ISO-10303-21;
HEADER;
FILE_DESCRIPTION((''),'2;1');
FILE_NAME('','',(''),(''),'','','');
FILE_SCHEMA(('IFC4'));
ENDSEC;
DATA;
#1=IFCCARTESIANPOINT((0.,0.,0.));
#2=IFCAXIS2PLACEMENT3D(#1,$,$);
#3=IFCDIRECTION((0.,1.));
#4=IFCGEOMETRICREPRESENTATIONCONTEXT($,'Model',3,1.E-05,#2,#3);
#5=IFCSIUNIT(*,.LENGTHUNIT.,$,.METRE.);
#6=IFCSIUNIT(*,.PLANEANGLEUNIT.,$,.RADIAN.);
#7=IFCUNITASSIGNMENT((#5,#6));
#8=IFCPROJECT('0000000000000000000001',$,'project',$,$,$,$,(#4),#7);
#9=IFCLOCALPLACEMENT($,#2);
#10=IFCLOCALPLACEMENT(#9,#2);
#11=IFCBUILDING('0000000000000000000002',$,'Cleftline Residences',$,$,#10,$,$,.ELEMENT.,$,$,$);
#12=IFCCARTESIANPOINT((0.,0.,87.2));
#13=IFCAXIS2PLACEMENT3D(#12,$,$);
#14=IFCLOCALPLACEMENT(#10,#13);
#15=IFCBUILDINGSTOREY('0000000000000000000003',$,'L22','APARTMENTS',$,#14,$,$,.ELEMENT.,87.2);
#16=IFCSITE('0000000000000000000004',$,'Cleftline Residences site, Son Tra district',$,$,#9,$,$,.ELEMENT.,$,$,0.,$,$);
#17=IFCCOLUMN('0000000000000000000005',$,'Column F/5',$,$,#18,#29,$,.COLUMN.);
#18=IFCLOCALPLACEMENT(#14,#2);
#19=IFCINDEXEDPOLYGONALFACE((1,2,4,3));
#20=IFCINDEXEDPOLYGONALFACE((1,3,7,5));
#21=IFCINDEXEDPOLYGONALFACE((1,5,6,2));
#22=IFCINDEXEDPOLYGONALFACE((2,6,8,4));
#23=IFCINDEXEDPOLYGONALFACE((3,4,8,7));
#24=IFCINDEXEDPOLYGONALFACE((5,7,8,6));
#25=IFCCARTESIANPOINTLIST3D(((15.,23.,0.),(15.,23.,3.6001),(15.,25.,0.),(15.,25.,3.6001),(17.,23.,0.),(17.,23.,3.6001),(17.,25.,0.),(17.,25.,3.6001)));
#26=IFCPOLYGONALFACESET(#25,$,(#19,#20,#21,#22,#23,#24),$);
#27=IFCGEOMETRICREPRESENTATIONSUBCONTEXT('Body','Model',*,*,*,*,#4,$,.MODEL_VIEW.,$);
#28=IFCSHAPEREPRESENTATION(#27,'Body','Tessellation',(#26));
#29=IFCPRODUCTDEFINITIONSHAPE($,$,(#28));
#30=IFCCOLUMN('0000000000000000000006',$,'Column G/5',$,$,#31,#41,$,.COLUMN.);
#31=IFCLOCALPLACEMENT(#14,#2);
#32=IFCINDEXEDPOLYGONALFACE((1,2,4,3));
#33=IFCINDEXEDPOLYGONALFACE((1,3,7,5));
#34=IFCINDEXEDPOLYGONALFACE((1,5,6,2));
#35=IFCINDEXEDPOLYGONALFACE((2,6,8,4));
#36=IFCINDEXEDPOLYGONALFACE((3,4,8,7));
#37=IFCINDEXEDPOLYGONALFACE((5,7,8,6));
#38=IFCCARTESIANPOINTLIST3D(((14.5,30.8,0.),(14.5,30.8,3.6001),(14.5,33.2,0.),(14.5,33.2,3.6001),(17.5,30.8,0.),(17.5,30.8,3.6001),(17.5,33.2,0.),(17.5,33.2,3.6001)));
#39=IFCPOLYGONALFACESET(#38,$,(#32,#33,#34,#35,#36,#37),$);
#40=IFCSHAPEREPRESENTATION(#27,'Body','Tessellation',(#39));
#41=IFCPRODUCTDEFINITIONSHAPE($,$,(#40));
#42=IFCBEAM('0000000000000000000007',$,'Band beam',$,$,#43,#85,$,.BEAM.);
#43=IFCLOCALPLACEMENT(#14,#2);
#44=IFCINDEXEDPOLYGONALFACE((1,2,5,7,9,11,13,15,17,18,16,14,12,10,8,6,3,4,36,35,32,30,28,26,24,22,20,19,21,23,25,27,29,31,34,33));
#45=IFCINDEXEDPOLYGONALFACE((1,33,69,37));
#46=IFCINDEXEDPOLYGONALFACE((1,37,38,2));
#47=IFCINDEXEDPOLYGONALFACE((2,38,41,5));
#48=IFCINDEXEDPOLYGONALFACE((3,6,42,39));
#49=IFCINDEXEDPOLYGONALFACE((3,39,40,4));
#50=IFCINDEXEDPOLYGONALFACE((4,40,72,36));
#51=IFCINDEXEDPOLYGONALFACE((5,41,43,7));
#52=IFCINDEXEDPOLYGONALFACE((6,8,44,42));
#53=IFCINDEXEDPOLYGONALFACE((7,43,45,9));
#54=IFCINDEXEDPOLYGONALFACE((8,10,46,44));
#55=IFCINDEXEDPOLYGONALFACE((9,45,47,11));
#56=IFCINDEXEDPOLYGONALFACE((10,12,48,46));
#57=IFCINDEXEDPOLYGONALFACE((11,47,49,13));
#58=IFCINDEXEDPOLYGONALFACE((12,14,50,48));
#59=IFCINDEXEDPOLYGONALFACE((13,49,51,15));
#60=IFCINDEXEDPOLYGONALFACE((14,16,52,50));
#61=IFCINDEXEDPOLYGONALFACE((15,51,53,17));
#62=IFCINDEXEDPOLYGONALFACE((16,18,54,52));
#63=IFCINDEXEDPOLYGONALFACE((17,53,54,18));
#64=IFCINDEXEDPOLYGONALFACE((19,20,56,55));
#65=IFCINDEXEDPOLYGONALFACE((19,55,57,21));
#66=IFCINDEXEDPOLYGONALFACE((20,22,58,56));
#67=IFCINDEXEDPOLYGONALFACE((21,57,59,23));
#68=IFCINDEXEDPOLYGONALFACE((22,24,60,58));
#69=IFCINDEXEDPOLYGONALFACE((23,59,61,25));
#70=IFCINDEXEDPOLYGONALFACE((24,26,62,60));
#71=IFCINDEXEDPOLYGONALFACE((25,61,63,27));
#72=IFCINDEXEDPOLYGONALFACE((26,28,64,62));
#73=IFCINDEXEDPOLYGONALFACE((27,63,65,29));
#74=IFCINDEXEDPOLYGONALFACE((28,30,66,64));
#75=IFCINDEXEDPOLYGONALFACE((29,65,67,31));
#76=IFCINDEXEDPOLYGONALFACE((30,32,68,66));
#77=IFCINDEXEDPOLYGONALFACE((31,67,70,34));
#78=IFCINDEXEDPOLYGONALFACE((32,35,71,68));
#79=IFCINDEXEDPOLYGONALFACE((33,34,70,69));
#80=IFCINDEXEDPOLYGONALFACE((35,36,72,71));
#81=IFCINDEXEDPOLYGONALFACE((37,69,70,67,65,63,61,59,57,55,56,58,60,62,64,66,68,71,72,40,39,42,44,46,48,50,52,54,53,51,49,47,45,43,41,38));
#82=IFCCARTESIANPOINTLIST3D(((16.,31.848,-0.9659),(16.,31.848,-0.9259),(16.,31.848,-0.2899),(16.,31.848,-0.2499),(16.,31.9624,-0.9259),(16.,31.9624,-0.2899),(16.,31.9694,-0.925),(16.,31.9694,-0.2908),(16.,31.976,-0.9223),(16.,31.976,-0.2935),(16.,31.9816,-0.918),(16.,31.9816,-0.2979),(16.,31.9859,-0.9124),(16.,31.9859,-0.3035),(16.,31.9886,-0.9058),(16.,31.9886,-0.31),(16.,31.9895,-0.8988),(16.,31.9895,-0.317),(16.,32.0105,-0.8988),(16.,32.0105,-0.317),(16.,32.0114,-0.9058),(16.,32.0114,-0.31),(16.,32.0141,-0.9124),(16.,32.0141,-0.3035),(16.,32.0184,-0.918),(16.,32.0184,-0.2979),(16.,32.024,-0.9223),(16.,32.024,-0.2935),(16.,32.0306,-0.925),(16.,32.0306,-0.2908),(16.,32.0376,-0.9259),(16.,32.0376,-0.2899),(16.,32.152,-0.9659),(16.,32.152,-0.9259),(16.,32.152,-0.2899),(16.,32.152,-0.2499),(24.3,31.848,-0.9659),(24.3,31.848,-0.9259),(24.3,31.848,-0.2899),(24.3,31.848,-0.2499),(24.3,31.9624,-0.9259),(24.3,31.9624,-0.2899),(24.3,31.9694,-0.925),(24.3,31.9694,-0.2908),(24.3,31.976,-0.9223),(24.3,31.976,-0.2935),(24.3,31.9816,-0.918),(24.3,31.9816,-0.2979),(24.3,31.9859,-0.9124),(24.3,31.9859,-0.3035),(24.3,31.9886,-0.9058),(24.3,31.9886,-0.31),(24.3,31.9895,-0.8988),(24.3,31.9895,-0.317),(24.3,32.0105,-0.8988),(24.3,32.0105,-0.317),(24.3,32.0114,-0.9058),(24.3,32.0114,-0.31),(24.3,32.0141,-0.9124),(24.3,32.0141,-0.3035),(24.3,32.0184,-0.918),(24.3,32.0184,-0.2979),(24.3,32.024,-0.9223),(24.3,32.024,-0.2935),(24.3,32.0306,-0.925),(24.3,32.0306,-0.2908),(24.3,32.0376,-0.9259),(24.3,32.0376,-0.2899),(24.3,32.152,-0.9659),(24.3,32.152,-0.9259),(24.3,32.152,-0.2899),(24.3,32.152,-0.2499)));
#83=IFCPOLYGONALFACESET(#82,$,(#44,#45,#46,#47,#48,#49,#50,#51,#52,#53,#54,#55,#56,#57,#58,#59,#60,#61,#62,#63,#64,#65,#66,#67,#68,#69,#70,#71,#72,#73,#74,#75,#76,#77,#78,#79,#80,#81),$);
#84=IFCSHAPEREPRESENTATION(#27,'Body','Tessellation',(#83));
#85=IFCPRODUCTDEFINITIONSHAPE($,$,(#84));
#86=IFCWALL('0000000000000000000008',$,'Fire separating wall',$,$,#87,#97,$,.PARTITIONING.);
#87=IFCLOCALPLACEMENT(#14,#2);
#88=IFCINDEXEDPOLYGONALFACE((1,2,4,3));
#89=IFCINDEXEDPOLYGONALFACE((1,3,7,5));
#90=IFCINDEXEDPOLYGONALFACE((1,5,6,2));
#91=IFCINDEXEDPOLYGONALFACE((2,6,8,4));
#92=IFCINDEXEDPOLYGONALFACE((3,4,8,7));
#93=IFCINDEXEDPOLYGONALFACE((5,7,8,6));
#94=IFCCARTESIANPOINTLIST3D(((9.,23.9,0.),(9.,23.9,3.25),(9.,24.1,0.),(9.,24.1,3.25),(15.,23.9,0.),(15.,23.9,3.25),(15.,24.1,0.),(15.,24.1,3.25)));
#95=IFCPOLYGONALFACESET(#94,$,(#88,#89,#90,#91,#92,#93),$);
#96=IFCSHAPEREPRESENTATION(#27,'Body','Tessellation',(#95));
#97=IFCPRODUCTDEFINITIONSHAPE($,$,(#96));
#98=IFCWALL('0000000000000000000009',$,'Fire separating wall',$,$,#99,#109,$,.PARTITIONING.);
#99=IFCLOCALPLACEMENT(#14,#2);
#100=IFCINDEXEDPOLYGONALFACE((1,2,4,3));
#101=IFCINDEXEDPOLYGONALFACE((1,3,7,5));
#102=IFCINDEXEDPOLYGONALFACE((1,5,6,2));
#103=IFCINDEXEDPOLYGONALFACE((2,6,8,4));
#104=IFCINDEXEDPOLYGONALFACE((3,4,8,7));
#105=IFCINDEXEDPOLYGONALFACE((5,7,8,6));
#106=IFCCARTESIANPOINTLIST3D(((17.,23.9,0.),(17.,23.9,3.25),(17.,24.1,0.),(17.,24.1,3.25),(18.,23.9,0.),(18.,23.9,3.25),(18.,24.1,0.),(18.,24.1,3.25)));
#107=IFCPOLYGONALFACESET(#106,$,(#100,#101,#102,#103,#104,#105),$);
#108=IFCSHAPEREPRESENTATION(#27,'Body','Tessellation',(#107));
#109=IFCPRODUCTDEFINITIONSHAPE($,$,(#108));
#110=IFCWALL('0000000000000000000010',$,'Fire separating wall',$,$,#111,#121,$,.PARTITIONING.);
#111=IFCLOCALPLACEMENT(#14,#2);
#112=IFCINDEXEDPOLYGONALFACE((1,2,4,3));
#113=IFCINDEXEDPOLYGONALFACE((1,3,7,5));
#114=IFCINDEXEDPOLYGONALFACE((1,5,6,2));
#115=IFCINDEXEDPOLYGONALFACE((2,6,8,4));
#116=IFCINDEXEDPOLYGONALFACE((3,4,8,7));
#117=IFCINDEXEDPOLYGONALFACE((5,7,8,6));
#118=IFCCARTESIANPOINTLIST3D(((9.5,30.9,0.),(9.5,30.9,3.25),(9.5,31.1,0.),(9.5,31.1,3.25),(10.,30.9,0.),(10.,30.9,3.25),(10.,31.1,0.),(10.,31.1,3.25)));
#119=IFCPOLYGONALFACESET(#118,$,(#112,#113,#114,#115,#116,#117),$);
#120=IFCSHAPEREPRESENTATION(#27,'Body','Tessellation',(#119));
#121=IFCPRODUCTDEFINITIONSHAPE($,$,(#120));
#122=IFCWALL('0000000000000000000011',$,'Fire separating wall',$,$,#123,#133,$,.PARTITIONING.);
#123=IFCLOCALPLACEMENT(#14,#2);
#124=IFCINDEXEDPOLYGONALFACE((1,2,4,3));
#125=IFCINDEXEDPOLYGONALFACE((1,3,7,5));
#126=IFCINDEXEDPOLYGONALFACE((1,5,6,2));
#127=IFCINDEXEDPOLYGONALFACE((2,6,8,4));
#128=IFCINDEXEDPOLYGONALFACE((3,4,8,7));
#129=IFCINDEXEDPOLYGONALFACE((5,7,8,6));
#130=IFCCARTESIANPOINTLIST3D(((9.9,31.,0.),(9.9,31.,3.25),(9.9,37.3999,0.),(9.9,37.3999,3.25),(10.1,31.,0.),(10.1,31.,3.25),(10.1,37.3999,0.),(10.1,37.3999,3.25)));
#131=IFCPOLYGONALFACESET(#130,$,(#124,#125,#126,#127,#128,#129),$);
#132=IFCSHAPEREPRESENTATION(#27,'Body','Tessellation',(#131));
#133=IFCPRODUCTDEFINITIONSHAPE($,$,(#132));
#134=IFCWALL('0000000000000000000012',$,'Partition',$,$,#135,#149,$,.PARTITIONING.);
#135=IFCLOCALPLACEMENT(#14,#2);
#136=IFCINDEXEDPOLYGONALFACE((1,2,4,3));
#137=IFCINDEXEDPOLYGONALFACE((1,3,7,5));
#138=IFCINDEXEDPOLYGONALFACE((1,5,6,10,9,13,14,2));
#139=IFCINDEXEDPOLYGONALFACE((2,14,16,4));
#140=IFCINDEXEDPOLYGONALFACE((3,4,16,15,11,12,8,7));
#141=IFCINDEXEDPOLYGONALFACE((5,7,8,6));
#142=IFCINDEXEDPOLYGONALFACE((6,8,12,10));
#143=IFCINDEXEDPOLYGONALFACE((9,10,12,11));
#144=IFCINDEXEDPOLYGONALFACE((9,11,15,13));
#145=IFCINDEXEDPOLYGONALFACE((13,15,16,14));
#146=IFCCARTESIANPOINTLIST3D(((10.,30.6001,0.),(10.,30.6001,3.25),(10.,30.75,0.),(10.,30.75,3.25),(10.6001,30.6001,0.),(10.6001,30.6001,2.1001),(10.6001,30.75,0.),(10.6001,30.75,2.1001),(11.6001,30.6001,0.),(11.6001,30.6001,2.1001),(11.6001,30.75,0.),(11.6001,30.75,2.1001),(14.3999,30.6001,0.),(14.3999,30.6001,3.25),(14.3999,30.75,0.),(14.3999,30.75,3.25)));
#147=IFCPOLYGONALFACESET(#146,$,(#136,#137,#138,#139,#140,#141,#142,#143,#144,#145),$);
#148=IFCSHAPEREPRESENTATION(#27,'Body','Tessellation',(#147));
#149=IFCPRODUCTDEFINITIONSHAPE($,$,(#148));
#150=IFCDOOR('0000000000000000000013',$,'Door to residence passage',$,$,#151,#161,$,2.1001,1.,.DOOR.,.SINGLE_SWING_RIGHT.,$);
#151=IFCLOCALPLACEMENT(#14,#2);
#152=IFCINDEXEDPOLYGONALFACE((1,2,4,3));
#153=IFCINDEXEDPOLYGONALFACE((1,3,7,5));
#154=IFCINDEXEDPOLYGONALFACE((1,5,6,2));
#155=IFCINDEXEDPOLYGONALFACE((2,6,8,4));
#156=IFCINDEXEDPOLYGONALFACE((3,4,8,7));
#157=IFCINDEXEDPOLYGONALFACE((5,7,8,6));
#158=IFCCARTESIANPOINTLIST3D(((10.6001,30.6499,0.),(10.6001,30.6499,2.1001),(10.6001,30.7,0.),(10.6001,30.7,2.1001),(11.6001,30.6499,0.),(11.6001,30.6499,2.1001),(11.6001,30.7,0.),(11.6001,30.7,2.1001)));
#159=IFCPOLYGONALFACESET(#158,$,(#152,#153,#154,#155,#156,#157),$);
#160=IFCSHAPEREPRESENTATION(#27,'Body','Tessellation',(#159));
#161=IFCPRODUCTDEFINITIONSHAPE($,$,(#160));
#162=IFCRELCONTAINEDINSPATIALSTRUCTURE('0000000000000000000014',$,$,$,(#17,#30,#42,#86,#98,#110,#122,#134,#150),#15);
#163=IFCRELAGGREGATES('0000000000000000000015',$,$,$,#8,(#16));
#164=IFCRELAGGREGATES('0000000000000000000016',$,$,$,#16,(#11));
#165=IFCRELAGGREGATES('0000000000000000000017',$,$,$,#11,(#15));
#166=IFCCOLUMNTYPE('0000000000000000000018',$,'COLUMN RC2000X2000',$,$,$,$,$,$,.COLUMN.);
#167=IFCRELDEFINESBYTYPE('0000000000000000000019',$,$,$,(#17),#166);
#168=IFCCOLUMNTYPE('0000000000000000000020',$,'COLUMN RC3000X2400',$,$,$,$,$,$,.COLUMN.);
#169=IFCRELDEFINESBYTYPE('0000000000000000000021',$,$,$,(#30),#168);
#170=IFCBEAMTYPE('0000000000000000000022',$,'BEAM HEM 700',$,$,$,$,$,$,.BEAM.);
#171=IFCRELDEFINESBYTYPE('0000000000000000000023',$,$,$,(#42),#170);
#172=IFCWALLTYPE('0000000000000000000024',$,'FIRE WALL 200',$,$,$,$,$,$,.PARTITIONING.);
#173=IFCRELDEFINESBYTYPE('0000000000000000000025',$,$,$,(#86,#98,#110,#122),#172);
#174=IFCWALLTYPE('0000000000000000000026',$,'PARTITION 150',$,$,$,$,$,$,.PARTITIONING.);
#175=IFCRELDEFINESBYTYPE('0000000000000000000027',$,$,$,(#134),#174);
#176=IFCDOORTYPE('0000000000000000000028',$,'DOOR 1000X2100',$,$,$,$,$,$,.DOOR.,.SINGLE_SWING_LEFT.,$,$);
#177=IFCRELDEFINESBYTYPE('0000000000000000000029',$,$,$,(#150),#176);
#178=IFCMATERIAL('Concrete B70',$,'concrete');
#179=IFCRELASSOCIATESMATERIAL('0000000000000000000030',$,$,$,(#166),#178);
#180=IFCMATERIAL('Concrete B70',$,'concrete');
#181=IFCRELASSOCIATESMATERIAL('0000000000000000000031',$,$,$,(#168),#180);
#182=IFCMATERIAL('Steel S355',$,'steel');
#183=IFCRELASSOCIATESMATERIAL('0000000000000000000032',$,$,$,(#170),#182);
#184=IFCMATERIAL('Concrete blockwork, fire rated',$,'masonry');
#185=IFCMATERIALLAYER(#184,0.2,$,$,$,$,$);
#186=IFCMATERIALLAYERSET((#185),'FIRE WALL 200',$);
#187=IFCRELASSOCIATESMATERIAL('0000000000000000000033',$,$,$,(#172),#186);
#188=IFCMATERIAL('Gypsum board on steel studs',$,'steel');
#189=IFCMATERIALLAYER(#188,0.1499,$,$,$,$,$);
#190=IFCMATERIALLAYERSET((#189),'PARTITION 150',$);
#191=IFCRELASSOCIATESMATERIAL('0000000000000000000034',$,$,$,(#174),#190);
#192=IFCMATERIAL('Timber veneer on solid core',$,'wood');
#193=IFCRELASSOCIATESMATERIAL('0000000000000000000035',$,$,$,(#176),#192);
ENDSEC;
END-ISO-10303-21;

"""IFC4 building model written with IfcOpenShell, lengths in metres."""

from ifc_helpers import new_model, si_unit, direction, frame, frame_2d, origin, origin_2d, place, context, subcontext, project, spatial, rectangle, i_section, extrude, material, layer, layer_set, material_profile, profile_set, type_object, element, fill, save


model = new_model("IFC4")

# Units and contexts
model_context = context("Model", 3, precision=1e-05, world=origin(), true_north=direction((0.0, 1.0)))
body_context = subcontext(model_context, "Body", "Model", "MODEL_VIEW")
ifc_project = project(units=[si_unit("LENGTHUNIT", "METRE"), si_unit("PLANEANGLEUNIT", "RADIAN")], contexts=[model_context])

# Site, building, storey
site_placement = place(None, origin())
site = spatial("IfcSite", under=ifc_project, at=site_placement, Name="Cleftline Residences site, Son Tra district", CompositionType="ELEMENT", RefElevation=0.0)
building_placement = place(site_placement, origin())
building = spatial("IfcBuilding", under=site, at=building_placement, Name="Cleftline Residences", CompositionType="ELEMENT")
storey_placement = place(building_placement, frame((0.0, 0.0, 87.2)))
storey = spatial("IfcBuildingStorey", under=building, at=storey_placement, Name="L22", Description="APARTMENTS", CompositionType="ELEMENT", Elevation=87.2)

# Columns
ifc_material_1 = material(Name="Concrete B70", Category="concrete")
ifc_material_profile_1 = material_profile(ifc_material_1, rectangle(XDim=2.0, YDim=2.0, at=origin_2d()))
ifc_profile_set_1 = profile_set([ifc_material_profile_1], Name="Concrete B70")
column_type_1 = type_object("IfcColumnType", Name="COLUMN RC2000X2000", PredefinedType="COLUMN", material=ifc_profile_set_1)
column_1_placement = place(storey_placement, frame((16.0, 24.0, 0.0), z_axis=(0.0, 0.0, 1.0), x_axis=(1.0, 0.0, 0.0)))
element("IfcColumn", 1, at=column_1_placement, inside=storey, type_object=column_type_1, Name="Column F/5", PredefinedType="COLUMN", context=body_context, shape_type="SweptSolid", body=[
    extrude(rectangle(XDim=2.0, YDim=2.0, at=origin_2d()), origin(), (0.0, 0.0, 1.0), 3.6001),
])
ifc_material_2 = material(Name="Concrete B70", Category="concrete")
ifc_material_profile_2 = material_profile(ifc_material_2, rectangle(XDim=3.0, YDim=2.3999, at=origin_2d()))
ifc_profile_set_2 = profile_set([ifc_material_profile_2], Name="Concrete B70")
column_type_2 = type_object("IfcColumnType", Name="COLUMN RC3000X2400", PredefinedType="COLUMN", material=ifc_profile_set_2)
column_2_placement = place(storey_placement, frame((16.0, 32.0, 0.0), z_axis=(0.0, 0.0, 1.0), x_axis=(1.0, 0.0, 0.0)))
element("IfcColumn", 2, at=column_2_placement, inside=storey, type_object=column_type_2, Name="Column G/5", PredefinedType="COLUMN", context=body_context, shape_type="SweptSolid", body=[
    extrude(rectangle(XDim=3.0, YDim=2.3999, at=origin_2d()), origin(), (0.0, 0.0, 1.0), 3.6001),
])

# Beam
ifc_material_3 = material(Name="Steel S355", Category="steel")
ifc_material_profile_3 = material_profile(ifc_material_3, i_section(OverallWidth=0.304, OverallDepth=0.7161, WebThickness=0.021, FlangeThickness=0.04, FilletRadius=0.0271, at=origin_2d()))
ifc_profile_set_3 = profile_set([ifc_material_profile_3], Name="Steel S355")
beam_type = type_object("IfcBeamType", Name="BEAM HEM 700", PredefinedType="BEAM", material=ifc_profile_set_3)
beam_placement = place(storey_placement, frame((16.0, 32.0, -0.6079), z_axis=(1.0, 0.0, 0.0), x_axis=(0.0, 1.0, 0.0)))
element("IfcBeam", 3, at=beam_placement, inside=storey, type_object=beam_type, Name="Band beam", PredefinedType="BEAM", context=body_context, shape_type="SweptSolid", body=[
    extrude(i_section(OverallWidth=0.304, OverallDepth=0.7161, WebThickness=0.021, FlangeThickness=0.04, FilletRadius=0.0271, at=origin_2d()), origin(), (0.0, 0.0, 1.0), 8.3),
])

# Walls
ifc_material_4 = material(Name="Concrete blockwork, fire rated", Category="masonry")
ifc_layer_1 = layer(ifc_material_4, 0.2)
ifc_layer_set_1 = layer_set([ifc_layer_1], Name="FIRE WALL 200")
wall_type_1 = type_object("IfcWallType", Name="FIRE WALL 200", PredefinedType="PARTITIONING", material=ifc_layer_set_1)
wall_1_placement = place(storey_placement, frame((9.0, 24.0, 0.0), z_axis=(0.0, 0.0, 1.0), x_axis=(1.0, 0.0, 0.0)))
element("IfcWall", 4, at=wall_1_placement, inside=storey, type_object=wall_type_1, Name="Fire separating wall", PredefinedType="PARTITIONING", context=body_context, shape_type="SweptSolid", body=[
    extrude(rectangle(XDim=6.0, YDim=0.2, at=frame_2d((3.0, 0.0))), origin(), (0.0, 0.0, 1.0), 3.25),
])
wall_2_placement = place(storey_placement, frame((17.0, 24.0, 0.0), z_axis=(0.0, 0.0, 1.0), x_axis=(1.0, 0.0, 0.0)))
element("IfcWall", 5, at=wall_2_placement, inside=storey, type_object=wall_type_1, Name="Fire separating wall", PredefinedType="PARTITIONING", context=body_context, shape_type="SweptSolid", body=[
    extrude(rectangle(XDim=1.0, YDim=0.2, at=frame_2d((0.5, 0.0))), origin(), (0.0, 0.0, 1.0), 3.25),
])
wall_3_placement = place(storey_placement, frame((9.5, 31.0, 0.0), z_axis=(0.0, 0.0, 1.0), x_axis=(1.0, 0.0, 0.0)))
element("IfcWall", 6, at=wall_3_placement, inside=storey, type_object=wall_type_1, Name="Fire separating wall", PredefinedType="PARTITIONING", context=body_context, shape_type="SweptSolid", body=[
    extrude(rectangle(XDim=0.5, YDim=0.2, at=frame_2d((0.25, 0.0))), origin(), (0.0, 0.0, 1.0), 3.25),
])
wall_4_placement = place(storey_placement, frame((10.0, 31.0, 0.0), z_axis=(0.0, 0.0, 1.0), x_axis=(0.0, 1.0, 0.0)))
element("IfcWall", 7, at=wall_4_placement, inside=storey, type_object=wall_type_1, Name="Fire separating wall", PredefinedType="PARTITIONING", context=body_context, shape_type="SweptSolid", body=[
    extrude(rectangle(XDim=6.3999, YDim=0.2, at=frame_2d((3.2, 0.0))), origin(), (0.0, 0.0, 1.0), 3.25),
])

# Wall, opening, door
ifc_material_5 = material(Name="Gypsum board on steel studs", Category="steel")
ifc_layer_2 = layer(ifc_material_5, 0.1499)
ifc_layer_set_2 = layer_set([ifc_layer_2], Name="PARTITION 150")
wall_type_2 = type_object("IfcWallType", Name="PARTITION 150", PredefinedType="PARTITIONING", material=ifc_layer_set_2)
wall_5_placement = place(storey_placement, frame((10.0, 30.675, 0.0), z_axis=(0.0, 0.0, 1.0), x_axis=(1.0, 0.0, 0.0)))
wall_5 = element("IfcWall", 8, at=wall_5_placement, inside=storey, type_object=wall_type_2, Name="Partition", PredefinedType="PARTITIONING", context=body_context, shape_type="SweptSolid", body=[
    extrude(rectangle(XDim=4.3999, YDim=0.1499, at=frame_2d((2.2, 0.0))), origin(), (0.0, 0.0, 1.0), 3.25),
])
opening_1_placement = place(wall_5_placement, frame((0.6001, 0.0, 0.0)))
opening_1 = element("IfcOpeningElement", 9, at=opening_1_placement, cuts=wall_5, PredefinedType="OPENING", context=body_context, shape_type="SweptSolid", body=[
    extrude(rectangle(XDim=1.0, YDim=2.1001, at=frame_2d((0.5, 1.05))), frame((0.0, 0.085, 0.0), z_axis=(0.0, -1.0, 0.0), x_axis=(1.0, 0.0, 0.0)), (0.0, 0.0, 1.0), 0.1699),
])
ifc_material_6 = material(Name="Timber veneer on solid core", Category="wood")
door_type_1 = type_object("IfcDoorType", Name="DOOR 1000X2100", OperationType="SINGLE_SWING_LEFT", PredefinedType="DOOR", material=ifc_material_6)
door_1_placement = place(opening_1_placement, origin())
door_1 = element("IfcDoor", 10, at=door_1_placement, inside=storey, type_object=door_type_1, Name="Door to residence passage", OperationType="SINGLE_SWING_RIGHT", OverallHeight=2.1001, OverallWidth=1.0, PredefinedType="DOOR", context=body_context, shape_type="SweptSolid", body=[
    extrude(rectangle(XDim=1.0, YDim=2.1001, at=frame_2d((0.5, 1.05))), frame((0.0, 0.0249, 0.0), z_axis=(0.0, -1.0, 0.0), x_axis=(1.0, 0.0, 0.0)), (0.0, 0.0, 1.0), 0.05),
])
fill(opening_1, door_1)

save(model, "model.ifc")
